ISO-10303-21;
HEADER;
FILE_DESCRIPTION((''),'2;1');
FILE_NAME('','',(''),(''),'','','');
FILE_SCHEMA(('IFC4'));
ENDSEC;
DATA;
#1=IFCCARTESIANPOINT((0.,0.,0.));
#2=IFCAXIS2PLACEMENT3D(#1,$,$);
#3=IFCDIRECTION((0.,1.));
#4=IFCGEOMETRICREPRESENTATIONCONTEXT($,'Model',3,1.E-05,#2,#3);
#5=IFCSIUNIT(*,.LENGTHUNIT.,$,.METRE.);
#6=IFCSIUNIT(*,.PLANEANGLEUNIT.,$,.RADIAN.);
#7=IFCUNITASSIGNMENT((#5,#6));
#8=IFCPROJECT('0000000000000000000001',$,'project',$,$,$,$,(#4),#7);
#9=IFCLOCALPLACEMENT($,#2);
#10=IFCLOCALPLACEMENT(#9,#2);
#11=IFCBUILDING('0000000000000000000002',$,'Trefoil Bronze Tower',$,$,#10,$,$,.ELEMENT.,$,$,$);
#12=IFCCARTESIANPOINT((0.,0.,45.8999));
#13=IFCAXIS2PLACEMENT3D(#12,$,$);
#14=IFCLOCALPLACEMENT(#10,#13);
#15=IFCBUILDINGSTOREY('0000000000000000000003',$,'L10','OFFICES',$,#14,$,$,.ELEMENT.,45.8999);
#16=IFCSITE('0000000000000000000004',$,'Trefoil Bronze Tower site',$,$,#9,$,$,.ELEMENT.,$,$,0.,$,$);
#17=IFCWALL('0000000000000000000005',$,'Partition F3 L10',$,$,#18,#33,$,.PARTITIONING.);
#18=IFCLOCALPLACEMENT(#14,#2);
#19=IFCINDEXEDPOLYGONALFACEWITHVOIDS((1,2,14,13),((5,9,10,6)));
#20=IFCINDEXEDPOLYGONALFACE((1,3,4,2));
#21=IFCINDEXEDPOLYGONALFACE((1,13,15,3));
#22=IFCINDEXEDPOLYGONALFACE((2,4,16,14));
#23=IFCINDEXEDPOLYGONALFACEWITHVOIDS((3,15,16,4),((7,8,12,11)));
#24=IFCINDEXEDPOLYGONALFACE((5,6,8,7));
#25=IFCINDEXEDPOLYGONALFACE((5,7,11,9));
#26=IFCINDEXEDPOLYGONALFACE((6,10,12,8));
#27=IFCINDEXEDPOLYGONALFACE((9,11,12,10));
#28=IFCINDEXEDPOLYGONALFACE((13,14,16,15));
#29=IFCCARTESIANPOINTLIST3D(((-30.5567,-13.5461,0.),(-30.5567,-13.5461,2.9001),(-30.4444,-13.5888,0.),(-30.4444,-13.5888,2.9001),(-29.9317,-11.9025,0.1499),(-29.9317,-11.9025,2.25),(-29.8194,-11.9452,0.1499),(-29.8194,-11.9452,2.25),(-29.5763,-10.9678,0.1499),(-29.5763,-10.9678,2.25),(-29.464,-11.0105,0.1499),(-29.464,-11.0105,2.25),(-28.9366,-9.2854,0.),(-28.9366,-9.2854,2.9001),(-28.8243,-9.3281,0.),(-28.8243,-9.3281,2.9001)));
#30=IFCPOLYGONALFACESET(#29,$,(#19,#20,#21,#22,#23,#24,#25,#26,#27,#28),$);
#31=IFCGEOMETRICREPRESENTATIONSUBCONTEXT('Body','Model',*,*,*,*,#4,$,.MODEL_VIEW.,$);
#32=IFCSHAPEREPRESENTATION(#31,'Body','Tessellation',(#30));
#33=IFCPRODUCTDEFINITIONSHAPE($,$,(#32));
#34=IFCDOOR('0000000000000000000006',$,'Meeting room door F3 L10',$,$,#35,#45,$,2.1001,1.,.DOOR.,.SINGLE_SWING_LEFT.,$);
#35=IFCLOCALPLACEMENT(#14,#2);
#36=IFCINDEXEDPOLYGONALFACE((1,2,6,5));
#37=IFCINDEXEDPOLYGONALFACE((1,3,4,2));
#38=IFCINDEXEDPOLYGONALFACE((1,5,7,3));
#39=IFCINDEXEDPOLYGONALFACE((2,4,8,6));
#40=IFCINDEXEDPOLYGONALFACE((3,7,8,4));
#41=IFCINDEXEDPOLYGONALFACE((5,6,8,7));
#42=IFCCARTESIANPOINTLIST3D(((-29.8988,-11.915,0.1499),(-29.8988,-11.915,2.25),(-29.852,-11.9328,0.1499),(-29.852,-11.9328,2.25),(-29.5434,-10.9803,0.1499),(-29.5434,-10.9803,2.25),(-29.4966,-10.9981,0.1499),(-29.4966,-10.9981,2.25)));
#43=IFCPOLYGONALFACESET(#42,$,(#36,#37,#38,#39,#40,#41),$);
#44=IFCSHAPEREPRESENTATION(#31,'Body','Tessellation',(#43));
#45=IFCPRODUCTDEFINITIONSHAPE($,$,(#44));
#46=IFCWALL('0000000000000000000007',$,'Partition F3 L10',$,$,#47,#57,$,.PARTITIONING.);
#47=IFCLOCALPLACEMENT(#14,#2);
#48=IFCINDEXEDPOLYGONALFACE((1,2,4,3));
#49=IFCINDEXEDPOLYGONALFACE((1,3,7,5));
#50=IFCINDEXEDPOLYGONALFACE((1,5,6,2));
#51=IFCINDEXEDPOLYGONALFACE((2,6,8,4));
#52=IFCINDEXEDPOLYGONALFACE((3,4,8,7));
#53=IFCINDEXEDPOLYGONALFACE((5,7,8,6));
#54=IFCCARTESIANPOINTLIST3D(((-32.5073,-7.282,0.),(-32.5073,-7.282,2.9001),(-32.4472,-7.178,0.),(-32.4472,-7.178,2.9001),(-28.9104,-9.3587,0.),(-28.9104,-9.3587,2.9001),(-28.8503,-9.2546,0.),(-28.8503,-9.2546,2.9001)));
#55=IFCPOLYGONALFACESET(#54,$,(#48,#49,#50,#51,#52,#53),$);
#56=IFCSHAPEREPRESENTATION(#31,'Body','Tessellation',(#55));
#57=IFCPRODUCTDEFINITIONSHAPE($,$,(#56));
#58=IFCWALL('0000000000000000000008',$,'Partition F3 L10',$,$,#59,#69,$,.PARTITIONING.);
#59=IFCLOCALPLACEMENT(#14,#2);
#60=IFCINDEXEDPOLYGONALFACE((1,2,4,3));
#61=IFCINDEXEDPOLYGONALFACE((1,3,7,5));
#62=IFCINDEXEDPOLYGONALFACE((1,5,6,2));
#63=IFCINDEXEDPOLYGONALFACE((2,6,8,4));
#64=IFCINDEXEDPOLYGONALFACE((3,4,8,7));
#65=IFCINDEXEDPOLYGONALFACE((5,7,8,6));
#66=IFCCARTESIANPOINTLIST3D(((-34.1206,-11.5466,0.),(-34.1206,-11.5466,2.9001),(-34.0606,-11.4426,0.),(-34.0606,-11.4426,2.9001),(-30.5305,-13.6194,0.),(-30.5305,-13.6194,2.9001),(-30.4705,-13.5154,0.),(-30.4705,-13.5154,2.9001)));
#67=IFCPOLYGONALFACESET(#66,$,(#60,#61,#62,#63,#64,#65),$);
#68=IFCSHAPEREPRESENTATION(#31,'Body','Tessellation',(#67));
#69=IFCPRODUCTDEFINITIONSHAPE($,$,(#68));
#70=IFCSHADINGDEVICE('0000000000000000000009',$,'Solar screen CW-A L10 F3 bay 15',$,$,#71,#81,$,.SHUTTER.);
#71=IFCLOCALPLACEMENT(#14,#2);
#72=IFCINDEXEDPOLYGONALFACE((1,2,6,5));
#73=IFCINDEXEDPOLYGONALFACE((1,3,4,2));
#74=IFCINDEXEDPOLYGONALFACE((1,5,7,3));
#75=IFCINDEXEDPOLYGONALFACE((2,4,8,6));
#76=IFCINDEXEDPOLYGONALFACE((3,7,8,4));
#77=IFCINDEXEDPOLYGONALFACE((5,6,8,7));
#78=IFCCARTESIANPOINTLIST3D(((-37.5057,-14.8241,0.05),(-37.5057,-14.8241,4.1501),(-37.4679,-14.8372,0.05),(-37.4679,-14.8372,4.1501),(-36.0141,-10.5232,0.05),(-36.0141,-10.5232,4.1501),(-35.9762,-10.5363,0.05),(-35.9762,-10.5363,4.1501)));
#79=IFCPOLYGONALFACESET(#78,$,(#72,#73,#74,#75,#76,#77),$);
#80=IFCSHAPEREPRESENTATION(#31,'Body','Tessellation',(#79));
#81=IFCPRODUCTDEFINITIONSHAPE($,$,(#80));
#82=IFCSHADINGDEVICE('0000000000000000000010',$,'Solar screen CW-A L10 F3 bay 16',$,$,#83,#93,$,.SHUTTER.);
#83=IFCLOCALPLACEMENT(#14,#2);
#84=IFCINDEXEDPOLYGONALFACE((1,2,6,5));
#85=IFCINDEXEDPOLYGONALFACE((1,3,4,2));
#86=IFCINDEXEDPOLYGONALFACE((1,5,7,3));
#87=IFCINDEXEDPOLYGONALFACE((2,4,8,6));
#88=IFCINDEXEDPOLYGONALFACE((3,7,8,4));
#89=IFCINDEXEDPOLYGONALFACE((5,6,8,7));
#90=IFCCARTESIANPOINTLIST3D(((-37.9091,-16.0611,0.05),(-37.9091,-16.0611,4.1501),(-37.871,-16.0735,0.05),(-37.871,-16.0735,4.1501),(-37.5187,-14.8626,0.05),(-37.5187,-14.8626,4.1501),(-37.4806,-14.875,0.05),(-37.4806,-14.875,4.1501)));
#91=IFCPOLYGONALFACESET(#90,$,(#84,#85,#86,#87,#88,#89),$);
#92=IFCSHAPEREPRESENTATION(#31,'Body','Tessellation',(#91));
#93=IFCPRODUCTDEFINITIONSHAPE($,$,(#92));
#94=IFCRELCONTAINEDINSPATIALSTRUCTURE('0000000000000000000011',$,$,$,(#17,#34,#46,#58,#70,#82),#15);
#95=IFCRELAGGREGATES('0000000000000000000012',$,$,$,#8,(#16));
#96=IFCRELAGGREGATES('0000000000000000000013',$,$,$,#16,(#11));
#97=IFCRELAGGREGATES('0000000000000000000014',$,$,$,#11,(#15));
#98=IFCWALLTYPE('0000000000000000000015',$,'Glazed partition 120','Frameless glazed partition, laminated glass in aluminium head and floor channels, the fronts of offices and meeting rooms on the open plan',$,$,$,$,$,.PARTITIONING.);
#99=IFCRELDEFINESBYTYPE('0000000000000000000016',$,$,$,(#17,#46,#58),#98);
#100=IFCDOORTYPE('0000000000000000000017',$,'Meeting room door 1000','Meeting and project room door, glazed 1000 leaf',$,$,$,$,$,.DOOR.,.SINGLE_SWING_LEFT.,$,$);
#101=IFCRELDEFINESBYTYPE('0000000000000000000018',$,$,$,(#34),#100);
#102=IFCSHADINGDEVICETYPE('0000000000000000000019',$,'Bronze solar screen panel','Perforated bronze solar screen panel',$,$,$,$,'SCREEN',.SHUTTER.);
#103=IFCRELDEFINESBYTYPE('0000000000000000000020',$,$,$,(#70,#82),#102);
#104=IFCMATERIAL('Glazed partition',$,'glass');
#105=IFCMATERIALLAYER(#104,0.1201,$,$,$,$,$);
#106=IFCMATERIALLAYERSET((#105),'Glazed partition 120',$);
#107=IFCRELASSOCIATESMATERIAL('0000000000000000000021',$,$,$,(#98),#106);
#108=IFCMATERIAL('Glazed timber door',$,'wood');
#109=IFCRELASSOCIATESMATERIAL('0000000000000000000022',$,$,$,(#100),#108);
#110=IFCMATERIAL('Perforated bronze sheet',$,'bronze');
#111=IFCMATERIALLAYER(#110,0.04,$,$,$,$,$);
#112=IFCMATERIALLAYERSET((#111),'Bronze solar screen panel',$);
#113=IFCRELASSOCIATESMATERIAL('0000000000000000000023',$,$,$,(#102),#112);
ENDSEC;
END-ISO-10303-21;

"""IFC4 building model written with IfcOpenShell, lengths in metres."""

from ifc_helpers import new_model, si_unit, direction, frame, frame_2d, origin, origin_2d, place, context, subcontext, project, spatial, rectangle, extrude, material, layer, layer_set, type_object, element, fill, save


model = new_model("IFC4")

# Units and contexts
model_context = context("Model", 3, precision=1e-05, world=origin(), true_north=direction((0.0, 1.0)))
body_context = subcontext(model_context, "Body", "Model", "MODEL_VIEW")
ifc_project = project(units=[si_unit("LENGTHUNIT", "METRE"), si_unit("PLANEANGLEUNIT", "RADIAN")], contexts=[model_context])

# Site, building, storey
site_placement = place(None, origin())
site = spatial("IfcSite", under=ifc_project, at=site_placement, Name="Trefoil Bronze Tower site", CompositionType="ELEMENT", RefElevation=0.0)
building_placement = place(site_placement, origin())
building = spatial("IfcBuilding", under=site, at=building_placement, Name="Trefoil Bronze Tower", CompositionType="ELEMENT")
storey_placement = place(building_placement, frame((0.0, 0.0, 45.8999)))
storey = spatial("IfcBuildingStorey", under=building, at=storey_placement, Name="L10", Description="OFFICES", CompositionType="ELEMENT", Elevation=45.8999)

# Wall, opening, door
ifc_material_1 = material(Name="Glazed partition", Category="glass")
ifc_layer_1 = layer(ifc_material_1, 0.1201)
ifc_layer_set_1 = layer_set([ifc_layer_1], Name="Glazed partition 120")
wall_type = type_object("IfcWallType", Name="Glazed partition 120", Description="Frameless glazed partition, laminated glass in aluminium head and floor channels, the fronts of offices and meeting rooms on the open plan", PredefinedType="PARTITIONING", material=ifc_layer_set_1)
wall_1_placement = place(storey_placement, frame((-28.8804, -9.3066, 0.0), z_axis=(0.0, 0.0, 1.0), x_axis=(-0.355416, -0.934708, 0.0)))
wall_1 = element("IfcWall", 1, at=wall_1_placement, inside=storey, type_object=wall_type, Name="Partition F3 L10", PredefinedType="PARTITIONING", context=body_context, shape_type="SweptSolid", body=[
    extrude(rectangle(XDim=4.5583, YDim=0.1201, at=frame_2d((2.2793, 0.0))), origin(), (0.0, 0.0, 1.0), 2.9001),
])
opening_1_placement = place(wall_1_placement, frame((1.8, 0.0, 0.1499)))
opening_1 = element("IfcOpeningElement", 2, at=opening_1_placement, cuts=wall_1, PredefinedType="OPENING", context=body_context, shape_type="SweptSolid", body=[
    extrude(rectangle(XDim=1.0, YDim=2.1001, at=frame_2d((0.5, 1.05))), frame((0.0, 0.0701, 0.0), z_axis=(0.0, -1.0, 0.0), x_axis=(1.0, 0.0, 0.0)), (0.0, 0.0, 1.0), 0.1401),
])
ifc_material_2 = material(Name="Glazed timber door", Category="wood")
door_type_1 = type_object("IfcDoorType", Name="Meeting room door 1000", Description="Meeting and project room door, glazed 1000 leaf", OperationType="SINGLE_SWING_LEFT", PredefinedType="DOOR", material=ifc_material_2)
door_1_placement = place(opening_1_placement, frame((1.0, 0.0, 0.0), z_axis=(0.0, 0.0, 1.0), x_axis=(-1.0, 0.0, 0.0)))
door_1 = element("IfcDoor", 3, at=door_1_placement, inside=storey, type_object=door_type_1, Name="Meeting room door F3 L10", OperationType="SINGLE_SWING_LEFT", OverallHeight=2.1001, OverallWidth=1.0, PredefinedType="DOOR", context=body_context, shape_type="SweptSolid", body=[
    extrude(rectangle(XDim=1.0, YDim=2.1001, at=frame_2d((0.5, 1.05))), frame((0.0, 0.0249, 0.0), z_axis=(0.0, -1.0, 0.0), x_axis=(1.0, 0.0, 0.0)), (0.0, 0.0, 1.0), 0.05),
])
fill(opening_1, door_1)

# Walls
wall_2_placement = place(storey_placement, frame((-28.8804, -9.3066, 0.0), z_axis=(0.0, 0.0, 1.0), x_axis=(-0.866028, 0.499996, 0.0)))
element("IfcWall", 4, at=wall_2_placement, inside=storey, type_object=wall_type, Name="Partition F3 L10", PredefinedType="PARTITIONING", context=body_context, shape_type="SweptSolid", body=[
    extrude(rectangle(XDim=4.1533, YDim=0.1201, at=frame_2d((2.0767, 0.0))), origin(), (0.0, 0.0, 1.0), 2.9001),
])
wall_3_placement = place(storey_placement, frame((-30.5005, -13.5674, 0.0), z_axis=(0.0, 0.0, 1.0), x_axis=(-0.866024, 0.500003, 0.0)))
element("IfcWall", 5, at=wall_3_placement, inside=storey, type_object=wall_type, Name="Partition F3 L10", PredefinedType="PARTITIONING", context=body_context, shape_type="SweptSolid", body=[
    extrude(rectangle(XDim=4.1455, YDim=0.1201, at=frame_2d((2.0728, 0.0))), origin(), (0.0, 0.0, 1.0), 2.9001),
])

# Shading devices
ifc_material_3 = material(Name="Perforated bronze sheet", Category="bronze")
ifc_layer_2 = layer(ifc_material_3, 0.04)
ifc_layer_set_2 = layer_set([ifc_layer_2], Name="Bronze solar screen panel")
shading_device_type = type_object("IfcShadingDeviceType", Name="Bronze solar screen panel", Description="Perforated bronze solar screen panel", ElementType="SCREEN", PredefinedType="SHUTTER", material=ifc_layer_set_2)
shading_device_1_placement = place(storey_placement, frame((-36.741, -12.6802, 0.05), z_axis=(0.0, 0.0, 1.0), x_axis=(-0.327674, -0.944791, 0.0)))
element("IfcShadingDevice", 6, at=shading_device_1_placement, inside=storey, type_object=shading_device_type, Name="Solar screen CW-A L10 F3 bay 15", PredefinedType="SHUTTER", context=body_context, shape_type="SweptSolid", body=[
    extrude(rectangle(XDim=4.5522, YDim=0.04, at=origin_2d()), origin(), (0.0, 0.0, 1.0), 4.1001),
])
shading_device_2_placement = place(storey_placement, frame((-37.6948, -15.468, 0.05), z_axis=(0.0, 0.0, 1.0), x_axis=(-0.309728, -0.950825, 0.0)))
element("IfcShadingDevice", 7, at=shading_device_2_placement, inside=storey, type_object=shading_device_type, Name="Solar screen CW-A L10 F3 bay 16", PredefinedType="SHUTTER", context=body_context, shape_type="SweptSolid", body=[
    extrude(rectangle(XDim=1.2605, YDim=0.04, at=origin_2d()), origin(), (0.0, 0.0, 1.0), 4.1001),
])

save(model, "model.ifc")
